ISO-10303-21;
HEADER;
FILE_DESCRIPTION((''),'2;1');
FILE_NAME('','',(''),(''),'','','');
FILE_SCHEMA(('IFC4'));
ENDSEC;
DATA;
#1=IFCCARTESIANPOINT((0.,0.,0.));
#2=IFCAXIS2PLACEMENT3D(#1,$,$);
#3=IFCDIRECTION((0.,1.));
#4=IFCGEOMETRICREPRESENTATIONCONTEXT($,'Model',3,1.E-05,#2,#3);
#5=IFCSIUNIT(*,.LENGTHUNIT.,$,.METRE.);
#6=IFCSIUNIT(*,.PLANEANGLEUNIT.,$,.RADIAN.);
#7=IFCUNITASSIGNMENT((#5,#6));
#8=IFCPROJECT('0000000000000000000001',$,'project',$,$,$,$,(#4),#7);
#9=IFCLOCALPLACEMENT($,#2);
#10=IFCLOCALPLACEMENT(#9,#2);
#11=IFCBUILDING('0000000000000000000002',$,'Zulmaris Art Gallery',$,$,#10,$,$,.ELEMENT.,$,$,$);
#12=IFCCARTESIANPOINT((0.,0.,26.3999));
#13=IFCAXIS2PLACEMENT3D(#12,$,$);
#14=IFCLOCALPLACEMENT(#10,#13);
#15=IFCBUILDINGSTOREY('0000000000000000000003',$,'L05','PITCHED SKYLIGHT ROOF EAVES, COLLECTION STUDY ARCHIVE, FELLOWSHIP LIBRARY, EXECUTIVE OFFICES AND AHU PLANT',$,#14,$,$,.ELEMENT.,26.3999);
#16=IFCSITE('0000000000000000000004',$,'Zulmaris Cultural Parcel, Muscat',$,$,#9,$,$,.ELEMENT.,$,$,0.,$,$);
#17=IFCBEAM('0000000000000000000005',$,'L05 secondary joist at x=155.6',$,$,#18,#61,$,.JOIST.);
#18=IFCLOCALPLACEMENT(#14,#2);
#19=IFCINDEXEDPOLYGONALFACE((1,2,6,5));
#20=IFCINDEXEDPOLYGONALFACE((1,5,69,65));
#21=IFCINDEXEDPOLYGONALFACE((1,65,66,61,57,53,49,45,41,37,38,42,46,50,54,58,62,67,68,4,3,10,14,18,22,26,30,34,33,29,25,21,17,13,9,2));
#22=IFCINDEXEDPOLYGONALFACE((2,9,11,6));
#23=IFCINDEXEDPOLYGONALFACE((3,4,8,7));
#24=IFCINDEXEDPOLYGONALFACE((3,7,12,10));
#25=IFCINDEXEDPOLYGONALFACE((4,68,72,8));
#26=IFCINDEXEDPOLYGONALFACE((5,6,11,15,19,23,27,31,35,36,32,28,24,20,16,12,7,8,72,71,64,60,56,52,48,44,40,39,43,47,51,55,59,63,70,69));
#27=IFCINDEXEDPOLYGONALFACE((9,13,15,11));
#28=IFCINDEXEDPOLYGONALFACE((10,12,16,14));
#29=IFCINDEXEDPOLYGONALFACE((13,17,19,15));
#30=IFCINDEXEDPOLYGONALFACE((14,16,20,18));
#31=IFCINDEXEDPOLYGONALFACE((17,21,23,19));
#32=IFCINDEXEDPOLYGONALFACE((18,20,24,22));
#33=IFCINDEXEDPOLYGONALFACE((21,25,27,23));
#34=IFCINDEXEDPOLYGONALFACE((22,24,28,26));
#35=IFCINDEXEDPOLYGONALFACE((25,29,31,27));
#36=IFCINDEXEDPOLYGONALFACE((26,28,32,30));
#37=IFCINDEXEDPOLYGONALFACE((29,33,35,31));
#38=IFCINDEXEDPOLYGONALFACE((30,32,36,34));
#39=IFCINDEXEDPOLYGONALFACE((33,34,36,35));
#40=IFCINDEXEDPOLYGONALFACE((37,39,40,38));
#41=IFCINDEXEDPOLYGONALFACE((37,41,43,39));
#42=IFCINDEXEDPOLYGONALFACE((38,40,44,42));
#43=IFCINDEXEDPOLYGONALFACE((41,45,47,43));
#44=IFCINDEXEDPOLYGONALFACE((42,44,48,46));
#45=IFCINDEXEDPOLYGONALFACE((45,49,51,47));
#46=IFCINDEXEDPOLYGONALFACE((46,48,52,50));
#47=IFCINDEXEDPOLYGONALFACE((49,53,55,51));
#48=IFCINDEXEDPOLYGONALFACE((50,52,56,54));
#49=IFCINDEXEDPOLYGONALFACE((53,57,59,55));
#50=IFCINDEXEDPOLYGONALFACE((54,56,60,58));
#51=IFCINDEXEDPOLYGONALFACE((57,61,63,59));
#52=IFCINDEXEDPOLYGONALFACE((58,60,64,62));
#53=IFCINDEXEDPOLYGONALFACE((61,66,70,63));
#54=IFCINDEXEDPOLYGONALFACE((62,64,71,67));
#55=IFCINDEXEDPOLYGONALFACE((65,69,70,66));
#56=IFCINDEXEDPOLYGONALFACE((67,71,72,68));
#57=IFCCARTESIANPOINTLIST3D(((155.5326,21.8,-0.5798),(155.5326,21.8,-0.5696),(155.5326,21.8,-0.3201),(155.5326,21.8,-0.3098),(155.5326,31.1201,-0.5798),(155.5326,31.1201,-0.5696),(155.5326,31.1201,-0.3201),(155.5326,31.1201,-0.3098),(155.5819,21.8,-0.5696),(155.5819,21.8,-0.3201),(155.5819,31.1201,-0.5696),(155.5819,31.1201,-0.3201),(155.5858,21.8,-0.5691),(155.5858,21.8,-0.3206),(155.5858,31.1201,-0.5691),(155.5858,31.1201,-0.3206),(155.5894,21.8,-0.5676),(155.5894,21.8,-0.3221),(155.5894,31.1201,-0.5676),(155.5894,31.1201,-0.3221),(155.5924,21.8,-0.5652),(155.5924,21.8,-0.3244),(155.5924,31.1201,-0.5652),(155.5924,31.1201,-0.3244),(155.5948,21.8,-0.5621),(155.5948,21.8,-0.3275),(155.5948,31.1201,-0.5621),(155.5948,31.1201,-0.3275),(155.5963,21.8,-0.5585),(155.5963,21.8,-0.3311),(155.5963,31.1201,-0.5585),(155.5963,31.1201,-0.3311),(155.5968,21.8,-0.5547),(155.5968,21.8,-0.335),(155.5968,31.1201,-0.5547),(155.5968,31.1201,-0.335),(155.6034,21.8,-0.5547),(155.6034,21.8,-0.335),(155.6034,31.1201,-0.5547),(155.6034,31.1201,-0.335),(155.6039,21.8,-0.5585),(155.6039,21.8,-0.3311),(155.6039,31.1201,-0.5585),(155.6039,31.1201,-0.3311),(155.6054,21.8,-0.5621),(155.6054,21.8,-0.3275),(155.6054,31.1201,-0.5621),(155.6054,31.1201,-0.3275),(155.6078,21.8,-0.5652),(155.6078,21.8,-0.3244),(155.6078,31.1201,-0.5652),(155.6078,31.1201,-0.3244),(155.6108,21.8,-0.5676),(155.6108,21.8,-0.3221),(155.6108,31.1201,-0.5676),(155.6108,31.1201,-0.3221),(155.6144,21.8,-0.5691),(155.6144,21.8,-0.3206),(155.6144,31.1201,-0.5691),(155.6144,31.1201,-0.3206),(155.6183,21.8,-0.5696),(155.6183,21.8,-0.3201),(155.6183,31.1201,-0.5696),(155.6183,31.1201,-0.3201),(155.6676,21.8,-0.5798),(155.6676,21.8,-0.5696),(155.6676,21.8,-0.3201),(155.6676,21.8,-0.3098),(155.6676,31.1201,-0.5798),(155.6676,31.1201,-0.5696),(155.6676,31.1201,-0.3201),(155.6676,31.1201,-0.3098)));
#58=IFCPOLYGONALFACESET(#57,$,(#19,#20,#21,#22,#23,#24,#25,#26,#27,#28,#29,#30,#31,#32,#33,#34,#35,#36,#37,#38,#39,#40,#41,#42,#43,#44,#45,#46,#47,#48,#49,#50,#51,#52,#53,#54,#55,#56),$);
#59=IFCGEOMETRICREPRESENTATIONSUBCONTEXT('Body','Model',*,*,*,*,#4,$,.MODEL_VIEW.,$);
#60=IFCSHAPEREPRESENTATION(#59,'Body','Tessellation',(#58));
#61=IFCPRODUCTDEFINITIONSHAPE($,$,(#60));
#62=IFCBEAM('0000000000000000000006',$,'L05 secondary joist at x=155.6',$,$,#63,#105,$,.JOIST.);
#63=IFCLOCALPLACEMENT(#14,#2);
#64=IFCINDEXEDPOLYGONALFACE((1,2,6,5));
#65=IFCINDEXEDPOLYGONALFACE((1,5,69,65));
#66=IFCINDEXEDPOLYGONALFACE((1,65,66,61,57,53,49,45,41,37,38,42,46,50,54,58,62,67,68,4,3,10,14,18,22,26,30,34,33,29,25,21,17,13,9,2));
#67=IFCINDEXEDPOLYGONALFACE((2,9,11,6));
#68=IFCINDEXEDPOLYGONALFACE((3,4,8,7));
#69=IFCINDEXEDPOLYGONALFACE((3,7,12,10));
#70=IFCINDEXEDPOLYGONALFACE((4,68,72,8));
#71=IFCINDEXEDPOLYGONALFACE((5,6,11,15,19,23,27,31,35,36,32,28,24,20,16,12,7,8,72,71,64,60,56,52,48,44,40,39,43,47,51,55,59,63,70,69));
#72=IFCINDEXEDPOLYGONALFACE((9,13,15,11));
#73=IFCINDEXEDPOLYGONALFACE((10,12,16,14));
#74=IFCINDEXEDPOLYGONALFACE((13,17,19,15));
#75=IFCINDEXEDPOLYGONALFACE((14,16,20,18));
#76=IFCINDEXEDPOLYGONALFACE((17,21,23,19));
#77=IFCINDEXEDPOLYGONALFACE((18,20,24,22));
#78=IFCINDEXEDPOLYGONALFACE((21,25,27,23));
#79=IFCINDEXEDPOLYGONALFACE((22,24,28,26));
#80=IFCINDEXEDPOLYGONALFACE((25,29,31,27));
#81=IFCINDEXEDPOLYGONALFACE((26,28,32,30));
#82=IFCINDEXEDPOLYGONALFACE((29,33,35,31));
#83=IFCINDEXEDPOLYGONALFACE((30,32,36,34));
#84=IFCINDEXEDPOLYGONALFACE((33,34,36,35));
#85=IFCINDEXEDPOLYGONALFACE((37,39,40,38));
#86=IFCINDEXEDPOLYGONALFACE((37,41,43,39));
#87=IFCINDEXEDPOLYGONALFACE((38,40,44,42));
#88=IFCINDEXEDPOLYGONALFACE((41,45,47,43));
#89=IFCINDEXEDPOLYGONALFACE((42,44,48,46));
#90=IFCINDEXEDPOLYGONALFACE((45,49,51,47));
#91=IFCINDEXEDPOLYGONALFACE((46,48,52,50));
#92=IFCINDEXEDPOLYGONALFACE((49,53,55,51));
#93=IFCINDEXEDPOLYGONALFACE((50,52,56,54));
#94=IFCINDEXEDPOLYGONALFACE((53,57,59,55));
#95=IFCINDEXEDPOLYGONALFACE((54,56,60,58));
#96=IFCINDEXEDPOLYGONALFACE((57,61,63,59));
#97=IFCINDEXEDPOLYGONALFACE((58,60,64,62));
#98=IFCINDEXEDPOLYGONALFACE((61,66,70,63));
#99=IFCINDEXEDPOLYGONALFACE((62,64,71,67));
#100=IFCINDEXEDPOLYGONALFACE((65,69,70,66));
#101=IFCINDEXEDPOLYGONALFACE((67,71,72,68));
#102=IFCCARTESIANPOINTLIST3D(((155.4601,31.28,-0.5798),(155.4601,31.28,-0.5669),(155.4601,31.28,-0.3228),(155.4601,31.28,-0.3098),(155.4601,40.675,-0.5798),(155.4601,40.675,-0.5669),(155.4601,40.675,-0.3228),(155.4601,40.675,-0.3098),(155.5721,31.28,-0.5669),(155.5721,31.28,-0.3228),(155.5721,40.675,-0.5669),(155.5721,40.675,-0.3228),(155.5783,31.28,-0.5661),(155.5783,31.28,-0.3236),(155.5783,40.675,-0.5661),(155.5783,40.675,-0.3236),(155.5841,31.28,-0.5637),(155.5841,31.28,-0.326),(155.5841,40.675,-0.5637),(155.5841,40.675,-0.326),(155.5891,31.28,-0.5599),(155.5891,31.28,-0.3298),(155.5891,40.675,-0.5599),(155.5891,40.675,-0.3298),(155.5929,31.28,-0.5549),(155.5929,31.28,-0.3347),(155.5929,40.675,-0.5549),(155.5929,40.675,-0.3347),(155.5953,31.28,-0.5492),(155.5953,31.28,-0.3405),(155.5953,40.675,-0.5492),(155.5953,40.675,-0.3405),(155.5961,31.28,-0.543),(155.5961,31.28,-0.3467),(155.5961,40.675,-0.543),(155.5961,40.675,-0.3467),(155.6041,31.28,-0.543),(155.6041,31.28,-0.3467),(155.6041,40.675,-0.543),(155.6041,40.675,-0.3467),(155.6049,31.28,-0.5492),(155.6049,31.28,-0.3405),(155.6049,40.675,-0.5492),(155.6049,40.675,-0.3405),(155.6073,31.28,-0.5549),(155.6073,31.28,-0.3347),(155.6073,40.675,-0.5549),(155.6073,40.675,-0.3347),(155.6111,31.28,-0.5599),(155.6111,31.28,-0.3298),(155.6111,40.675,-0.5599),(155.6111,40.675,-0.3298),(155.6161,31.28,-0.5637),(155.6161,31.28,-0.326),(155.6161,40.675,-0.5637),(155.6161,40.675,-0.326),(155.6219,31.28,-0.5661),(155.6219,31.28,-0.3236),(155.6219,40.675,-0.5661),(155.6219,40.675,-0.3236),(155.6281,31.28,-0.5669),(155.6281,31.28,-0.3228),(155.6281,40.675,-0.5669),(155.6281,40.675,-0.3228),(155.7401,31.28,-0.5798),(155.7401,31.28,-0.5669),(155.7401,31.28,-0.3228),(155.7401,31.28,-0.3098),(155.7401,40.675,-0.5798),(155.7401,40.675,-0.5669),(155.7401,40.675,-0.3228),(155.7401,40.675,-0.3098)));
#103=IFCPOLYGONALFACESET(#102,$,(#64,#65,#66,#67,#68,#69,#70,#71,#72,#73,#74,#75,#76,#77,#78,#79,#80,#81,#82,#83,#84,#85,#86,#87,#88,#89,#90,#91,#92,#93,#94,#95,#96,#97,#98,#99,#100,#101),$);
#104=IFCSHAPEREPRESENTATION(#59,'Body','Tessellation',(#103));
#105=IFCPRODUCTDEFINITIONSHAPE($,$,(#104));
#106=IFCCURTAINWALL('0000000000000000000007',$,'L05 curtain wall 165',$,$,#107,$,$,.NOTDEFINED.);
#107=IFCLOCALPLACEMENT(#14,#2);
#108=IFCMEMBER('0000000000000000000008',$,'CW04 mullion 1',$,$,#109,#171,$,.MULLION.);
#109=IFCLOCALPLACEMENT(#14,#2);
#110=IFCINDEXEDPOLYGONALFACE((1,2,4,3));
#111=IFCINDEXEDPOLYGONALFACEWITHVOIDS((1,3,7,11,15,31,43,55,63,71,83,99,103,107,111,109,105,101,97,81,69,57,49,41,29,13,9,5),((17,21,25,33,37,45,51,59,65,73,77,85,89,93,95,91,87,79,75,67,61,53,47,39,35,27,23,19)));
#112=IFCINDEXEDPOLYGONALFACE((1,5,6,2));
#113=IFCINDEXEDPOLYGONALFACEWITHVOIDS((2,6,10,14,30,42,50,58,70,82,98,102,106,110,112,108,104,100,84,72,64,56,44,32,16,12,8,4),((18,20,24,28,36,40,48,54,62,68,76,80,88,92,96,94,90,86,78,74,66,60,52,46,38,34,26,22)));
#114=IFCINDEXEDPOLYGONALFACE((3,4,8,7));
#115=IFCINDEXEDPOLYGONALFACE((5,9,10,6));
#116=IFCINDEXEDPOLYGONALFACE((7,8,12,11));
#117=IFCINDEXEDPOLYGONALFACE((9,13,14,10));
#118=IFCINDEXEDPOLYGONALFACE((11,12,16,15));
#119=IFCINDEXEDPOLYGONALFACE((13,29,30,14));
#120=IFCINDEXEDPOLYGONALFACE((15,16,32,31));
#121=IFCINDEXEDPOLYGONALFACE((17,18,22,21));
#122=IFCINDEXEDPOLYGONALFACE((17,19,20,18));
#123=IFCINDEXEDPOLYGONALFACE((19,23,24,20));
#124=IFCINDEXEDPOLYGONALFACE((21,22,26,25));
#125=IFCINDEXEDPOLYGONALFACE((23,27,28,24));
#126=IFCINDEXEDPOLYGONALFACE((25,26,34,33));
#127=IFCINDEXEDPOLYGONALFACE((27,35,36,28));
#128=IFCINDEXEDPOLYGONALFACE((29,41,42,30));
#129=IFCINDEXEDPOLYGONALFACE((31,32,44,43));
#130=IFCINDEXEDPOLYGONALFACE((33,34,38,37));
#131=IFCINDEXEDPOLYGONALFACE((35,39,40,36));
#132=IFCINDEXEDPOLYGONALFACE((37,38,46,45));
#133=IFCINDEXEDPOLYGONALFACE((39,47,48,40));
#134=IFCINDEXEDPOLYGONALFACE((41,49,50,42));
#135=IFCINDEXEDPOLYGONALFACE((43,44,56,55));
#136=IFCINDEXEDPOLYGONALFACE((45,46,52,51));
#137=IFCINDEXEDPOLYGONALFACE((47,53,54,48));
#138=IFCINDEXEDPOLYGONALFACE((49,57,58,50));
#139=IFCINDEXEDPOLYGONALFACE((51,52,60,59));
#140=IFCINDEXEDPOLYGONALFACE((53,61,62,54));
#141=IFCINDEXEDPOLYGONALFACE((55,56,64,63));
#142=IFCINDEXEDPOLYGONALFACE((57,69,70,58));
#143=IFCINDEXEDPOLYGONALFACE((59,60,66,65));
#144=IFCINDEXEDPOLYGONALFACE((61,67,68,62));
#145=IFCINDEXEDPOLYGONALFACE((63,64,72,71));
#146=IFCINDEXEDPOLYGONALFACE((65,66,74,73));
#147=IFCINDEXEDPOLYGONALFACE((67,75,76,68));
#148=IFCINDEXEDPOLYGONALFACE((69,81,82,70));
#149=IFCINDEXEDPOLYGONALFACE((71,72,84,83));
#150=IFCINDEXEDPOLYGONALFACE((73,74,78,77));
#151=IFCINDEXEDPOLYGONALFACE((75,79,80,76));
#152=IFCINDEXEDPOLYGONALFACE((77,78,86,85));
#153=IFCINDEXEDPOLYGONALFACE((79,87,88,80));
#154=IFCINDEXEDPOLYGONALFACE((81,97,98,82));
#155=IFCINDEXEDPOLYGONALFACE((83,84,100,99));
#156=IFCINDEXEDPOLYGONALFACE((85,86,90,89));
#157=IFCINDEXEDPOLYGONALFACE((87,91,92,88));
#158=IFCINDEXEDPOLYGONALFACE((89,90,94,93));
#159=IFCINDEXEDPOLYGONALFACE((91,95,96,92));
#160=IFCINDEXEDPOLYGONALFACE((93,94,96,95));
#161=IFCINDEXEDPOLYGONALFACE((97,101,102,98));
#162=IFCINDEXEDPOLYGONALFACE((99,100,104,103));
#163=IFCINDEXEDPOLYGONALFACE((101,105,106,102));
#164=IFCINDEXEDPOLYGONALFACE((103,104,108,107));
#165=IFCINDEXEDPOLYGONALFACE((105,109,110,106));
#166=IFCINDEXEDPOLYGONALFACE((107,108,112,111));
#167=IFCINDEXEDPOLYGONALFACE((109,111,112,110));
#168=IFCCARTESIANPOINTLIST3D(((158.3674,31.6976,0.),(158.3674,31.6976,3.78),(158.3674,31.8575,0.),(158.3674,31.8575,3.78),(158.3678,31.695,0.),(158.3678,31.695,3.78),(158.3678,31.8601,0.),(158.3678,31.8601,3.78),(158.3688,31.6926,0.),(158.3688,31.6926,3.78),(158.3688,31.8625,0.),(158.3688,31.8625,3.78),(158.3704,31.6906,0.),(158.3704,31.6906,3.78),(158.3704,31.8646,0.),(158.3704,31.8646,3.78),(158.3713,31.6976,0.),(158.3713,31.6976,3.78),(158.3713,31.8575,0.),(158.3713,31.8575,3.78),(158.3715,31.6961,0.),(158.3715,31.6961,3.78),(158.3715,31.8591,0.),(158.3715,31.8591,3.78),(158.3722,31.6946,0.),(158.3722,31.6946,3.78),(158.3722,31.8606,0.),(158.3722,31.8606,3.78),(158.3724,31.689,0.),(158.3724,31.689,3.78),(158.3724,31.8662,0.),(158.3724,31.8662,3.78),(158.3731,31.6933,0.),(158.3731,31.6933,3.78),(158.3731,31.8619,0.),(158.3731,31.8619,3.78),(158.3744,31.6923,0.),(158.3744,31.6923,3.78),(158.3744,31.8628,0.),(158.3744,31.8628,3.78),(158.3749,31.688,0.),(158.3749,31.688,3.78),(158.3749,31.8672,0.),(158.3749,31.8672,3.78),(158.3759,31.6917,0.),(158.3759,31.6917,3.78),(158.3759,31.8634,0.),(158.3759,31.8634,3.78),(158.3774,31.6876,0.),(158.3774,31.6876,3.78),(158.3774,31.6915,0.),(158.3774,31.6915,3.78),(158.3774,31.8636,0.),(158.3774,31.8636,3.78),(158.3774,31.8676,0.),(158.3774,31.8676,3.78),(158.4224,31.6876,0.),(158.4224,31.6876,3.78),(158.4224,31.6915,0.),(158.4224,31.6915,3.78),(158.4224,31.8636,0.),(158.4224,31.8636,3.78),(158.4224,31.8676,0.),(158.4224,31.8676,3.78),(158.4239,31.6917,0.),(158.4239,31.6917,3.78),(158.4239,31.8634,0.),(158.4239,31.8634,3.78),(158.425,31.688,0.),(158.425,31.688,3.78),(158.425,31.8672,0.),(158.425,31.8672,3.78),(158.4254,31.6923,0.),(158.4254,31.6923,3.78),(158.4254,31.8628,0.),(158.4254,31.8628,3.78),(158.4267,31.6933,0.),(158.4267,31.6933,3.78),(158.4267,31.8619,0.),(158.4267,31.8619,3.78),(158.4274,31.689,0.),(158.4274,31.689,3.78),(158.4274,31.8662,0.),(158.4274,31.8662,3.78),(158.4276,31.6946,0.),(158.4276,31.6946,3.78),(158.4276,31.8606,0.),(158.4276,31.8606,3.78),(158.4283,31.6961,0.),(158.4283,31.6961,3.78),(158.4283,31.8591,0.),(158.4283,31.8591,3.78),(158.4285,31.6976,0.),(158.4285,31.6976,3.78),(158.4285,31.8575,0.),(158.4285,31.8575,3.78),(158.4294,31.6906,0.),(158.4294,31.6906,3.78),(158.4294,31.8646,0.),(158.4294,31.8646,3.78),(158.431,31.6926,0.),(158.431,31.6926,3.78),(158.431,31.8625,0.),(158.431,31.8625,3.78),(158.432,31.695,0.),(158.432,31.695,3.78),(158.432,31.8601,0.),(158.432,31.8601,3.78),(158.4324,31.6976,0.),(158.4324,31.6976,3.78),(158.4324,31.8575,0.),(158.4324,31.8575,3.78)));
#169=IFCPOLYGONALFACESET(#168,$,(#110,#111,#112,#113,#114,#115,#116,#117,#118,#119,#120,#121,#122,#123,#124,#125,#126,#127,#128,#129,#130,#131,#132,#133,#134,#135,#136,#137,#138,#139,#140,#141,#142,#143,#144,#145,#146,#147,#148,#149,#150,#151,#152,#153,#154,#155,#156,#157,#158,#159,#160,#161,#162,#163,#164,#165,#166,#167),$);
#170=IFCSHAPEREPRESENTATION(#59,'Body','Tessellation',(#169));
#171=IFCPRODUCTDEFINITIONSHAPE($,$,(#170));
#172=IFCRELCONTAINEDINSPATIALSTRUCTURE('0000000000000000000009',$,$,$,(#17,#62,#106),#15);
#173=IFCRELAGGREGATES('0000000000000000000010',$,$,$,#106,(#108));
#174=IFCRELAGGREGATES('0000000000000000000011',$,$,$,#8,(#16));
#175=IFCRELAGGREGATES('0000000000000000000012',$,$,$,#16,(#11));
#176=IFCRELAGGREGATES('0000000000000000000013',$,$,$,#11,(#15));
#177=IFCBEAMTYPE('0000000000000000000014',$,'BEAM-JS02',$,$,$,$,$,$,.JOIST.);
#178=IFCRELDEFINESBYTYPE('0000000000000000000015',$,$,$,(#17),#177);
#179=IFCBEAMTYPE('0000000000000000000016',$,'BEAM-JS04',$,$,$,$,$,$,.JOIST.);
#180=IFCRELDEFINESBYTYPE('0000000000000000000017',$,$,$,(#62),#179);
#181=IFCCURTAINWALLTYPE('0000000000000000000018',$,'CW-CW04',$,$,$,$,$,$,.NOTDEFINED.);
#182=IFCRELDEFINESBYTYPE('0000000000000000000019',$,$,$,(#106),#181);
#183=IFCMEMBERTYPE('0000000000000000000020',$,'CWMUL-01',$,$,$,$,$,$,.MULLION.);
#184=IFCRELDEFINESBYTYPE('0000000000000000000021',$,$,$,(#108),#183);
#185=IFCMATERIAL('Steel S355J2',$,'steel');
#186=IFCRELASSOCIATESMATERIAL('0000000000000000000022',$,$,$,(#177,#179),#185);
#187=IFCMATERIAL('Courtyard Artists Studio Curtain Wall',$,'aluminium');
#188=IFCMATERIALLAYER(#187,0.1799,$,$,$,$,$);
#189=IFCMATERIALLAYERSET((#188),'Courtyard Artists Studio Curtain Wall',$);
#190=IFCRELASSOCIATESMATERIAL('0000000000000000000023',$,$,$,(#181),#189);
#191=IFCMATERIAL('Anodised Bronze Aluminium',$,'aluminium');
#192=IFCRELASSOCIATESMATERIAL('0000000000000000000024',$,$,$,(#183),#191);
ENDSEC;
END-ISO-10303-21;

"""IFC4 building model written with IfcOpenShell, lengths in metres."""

from ifc_helpers import new_model, si_unit, direction, frame, origin, origin_2d, place, context, subcontext, project, spatial, hollow_rectangle, i_section, extrude, material, layer, layer_set, material_profile, profile_set, type_object, element, aggregate, save


model = new_model("IFC4")

# Units and contexts
model_context = context("Model", 3, precision=1e-05, world=origin(), true_north=direction((0.0, 1.0)))
body_context = subcontext(model_context, "Body", "Model", "MODEL_VIEW")
ifc_project = project(units=[si_unit("LENGTHUNIT", "METRE"), si_unit("PLANEANGLEUNIT", "RADIAN")], contexts=[model_context])

# Site, building, storey
site_placement = place(None, origin())
site = spatial("IfcSite", under=ifc_project, at=site_placement, Name="Zulmaris Cultural Parcel, Muscat", CompositionType="ELEMENT", RefElevation=0.0)
building_placement = place(site_placement, origin())
building = spatial("IfcBuilding", under=site, at=building_placement, Name="Zulmaris Art Gallery", CompositionType="ELEMENT")
storey_placement = place(building_placement, frame((0.0, 0.0, 26.3999)))
storey = spatial("IfcBuildingStorey", under=building, at=storey_placement, Name="L05", Description="PITCHED SKYLIGHT ROOF EAVES, COLLECTION STUDY ARCHIVE, FELLOWSHIP LIBRARY, EXECUTIVE OFFICES AND AHU PLANT", CompositionType="ELEMENT", Elevation=26.3999)

# Beams
ifc_material_1 = material(Name="Steel S355J2", Category="steel")
ifc_material_profile_1 = material_profile(ifc_material_1, i_section(OverallWidth=0.135, OverallDepth=0.27, WebThickness=0.0066, FlangeThickness=0.0103, FilletRadius=0.0149, at=origin_2d()), Name="IPE 270")
ifc_profile_set_1 = profile_set([ifc_material_profile_1], Name="Steel S355J2")
beam_type_1 = type_object("IfcBeamType", Name="BEAM-JS02", PredefinedType="JOIST", material=ifc_profile_set_1)
beam_1_placement = place(storey_placement, frame((155.6001, 21.8, -0.4448), z_axis=(0.0, 1.0, 0.0), x_axis=(-1.0, 0.0, 0.0)))
element("IfcBeam", 1, at=beam_1_placement, inside=storey, type_object=beam_type_1, Name="L05 secondary joist at x=155.6", PredefinedType="JOIST", context=body_context, shape_type="SweptSolid", body=[
    extrude(i_section(OverallWidth=0.135, OverallDepth=0.27, WebThickness=0.0066, FlangeThickness=0.0103, FilletRadius=0.0149, at=origin_2d()), origin(), (0.0, 0.0, 1.0), 9.3201),
])
ifc_material_profile_2 = material_profile(ifc_material_1, i_section(OverallWidth=0.28, OverallDepth=0.27, WebThickness=0.0081, FlangeThickness=0.0129, FilletRadius=0.0239, at=origin_2d()), Name="HEA 280")
ifc_profile_set_2 = profile_set([ifc_material_profile_2], Name="Steel S355J2")
beam_type_2 = type_object("IfcBeamType", Name="BEAM-JS04", PredefinedType="JOIST", material=ifc_profile_set_2)
beam_2_placement = place(storey_placement, frame((155.6001, 31.28, -0.4448), z_axis=(0.0, 1.0, 0.0), x_axis=(-1.0, 0.0, 0.0)))
element("IfcBeam", 2, at=beam_2_placement, inside=storey, type_object=beam_type_2, Name="L05 secondary joist at x=155.6", PredefinedType="JOIST", context=body_context, shape_type="SweptSolid", body=[
    extrude(i_section(OverallWidth=0.28, OverallDepth=0.27, WebThickness=0.0081, FlangeThickness=0.0129, FilletRadius=0.0239, at=origin_2d()), origin(), (0.0, 0.0, 1.0), 9.395),
])

# Curtain wall, member
ifc_material_2 = material(Name="Courtyard Artists Studio Curtain Wall", Category="aluminium")
ifc_layer_1 = layer(ifc_material_2, 0.1799)
ifc_layer_set_1 = layer_set([ifc_layer_1], Name="Courtyard Artists Studio Curtain Wall")
curtain_wall_type = type_object("IfcCurtainWallType", Name="CW-CW04", PredefinedType="NOTDEFINED", material=ifc_layer_set_1)
curtain_wall_placement = place(storey_placement, origin())
curtain_wall = element("IfcCurtainWall", 3, at=curtain_wall_placement, inside=storey, type_object=curtain_wall_type, Name="L05 curtain wall 165", PredefinedType="NOTDEFINED")
ifc_material_3 = material(Name="Anodised Bronze Aluminium", Category="aluminium")
ifc_material_profile_3 = material_profile(ifc_material_3, hollow_rectangle(XDim=0.0649, YDim=0.1799, WallThickness=0.0039, InnerFilletRadius=0.0061, OuterFilletRadius=0.01, at=origin_2d()), Name="ALU 65x180x4")
ifc_profile_set_3 = profile_set([ifc_material_profile_3], Name="Anodised Bronze Aluminium")
member_type_1 = type_object("IfcMemberType", Name="CWMUL-01", PredefinedType="MULLION", material=ifc_profile_set_3)
member_1_placement = place(storey_placement, frame((158.3999, 31.7776, 0.0), z_axis=(0.0, 0.0, 1.0), x_axis=(-1.0, 0.0, 0.0)))
member_1 = element("IfcMember", 4, at=member_1_placement, type_object=member_type_1, Name="CW04 mullion 1", PredefinedType="MULLION", context=body_context, shape_type="SweptSolid", body=[
    extrude(hollow_rectangle(XDim=0.0649, YDim=0.1799, WallThickness=0.0039, InnerFilletRadius=0.0061, OuterFilletRadius=0.01, at=origin_2d()), origin(), (0.0, 0.0, 1.0), 3.78),
])
aggregate(curtain_wall, [member_1])

save(model, "model.ifc")
